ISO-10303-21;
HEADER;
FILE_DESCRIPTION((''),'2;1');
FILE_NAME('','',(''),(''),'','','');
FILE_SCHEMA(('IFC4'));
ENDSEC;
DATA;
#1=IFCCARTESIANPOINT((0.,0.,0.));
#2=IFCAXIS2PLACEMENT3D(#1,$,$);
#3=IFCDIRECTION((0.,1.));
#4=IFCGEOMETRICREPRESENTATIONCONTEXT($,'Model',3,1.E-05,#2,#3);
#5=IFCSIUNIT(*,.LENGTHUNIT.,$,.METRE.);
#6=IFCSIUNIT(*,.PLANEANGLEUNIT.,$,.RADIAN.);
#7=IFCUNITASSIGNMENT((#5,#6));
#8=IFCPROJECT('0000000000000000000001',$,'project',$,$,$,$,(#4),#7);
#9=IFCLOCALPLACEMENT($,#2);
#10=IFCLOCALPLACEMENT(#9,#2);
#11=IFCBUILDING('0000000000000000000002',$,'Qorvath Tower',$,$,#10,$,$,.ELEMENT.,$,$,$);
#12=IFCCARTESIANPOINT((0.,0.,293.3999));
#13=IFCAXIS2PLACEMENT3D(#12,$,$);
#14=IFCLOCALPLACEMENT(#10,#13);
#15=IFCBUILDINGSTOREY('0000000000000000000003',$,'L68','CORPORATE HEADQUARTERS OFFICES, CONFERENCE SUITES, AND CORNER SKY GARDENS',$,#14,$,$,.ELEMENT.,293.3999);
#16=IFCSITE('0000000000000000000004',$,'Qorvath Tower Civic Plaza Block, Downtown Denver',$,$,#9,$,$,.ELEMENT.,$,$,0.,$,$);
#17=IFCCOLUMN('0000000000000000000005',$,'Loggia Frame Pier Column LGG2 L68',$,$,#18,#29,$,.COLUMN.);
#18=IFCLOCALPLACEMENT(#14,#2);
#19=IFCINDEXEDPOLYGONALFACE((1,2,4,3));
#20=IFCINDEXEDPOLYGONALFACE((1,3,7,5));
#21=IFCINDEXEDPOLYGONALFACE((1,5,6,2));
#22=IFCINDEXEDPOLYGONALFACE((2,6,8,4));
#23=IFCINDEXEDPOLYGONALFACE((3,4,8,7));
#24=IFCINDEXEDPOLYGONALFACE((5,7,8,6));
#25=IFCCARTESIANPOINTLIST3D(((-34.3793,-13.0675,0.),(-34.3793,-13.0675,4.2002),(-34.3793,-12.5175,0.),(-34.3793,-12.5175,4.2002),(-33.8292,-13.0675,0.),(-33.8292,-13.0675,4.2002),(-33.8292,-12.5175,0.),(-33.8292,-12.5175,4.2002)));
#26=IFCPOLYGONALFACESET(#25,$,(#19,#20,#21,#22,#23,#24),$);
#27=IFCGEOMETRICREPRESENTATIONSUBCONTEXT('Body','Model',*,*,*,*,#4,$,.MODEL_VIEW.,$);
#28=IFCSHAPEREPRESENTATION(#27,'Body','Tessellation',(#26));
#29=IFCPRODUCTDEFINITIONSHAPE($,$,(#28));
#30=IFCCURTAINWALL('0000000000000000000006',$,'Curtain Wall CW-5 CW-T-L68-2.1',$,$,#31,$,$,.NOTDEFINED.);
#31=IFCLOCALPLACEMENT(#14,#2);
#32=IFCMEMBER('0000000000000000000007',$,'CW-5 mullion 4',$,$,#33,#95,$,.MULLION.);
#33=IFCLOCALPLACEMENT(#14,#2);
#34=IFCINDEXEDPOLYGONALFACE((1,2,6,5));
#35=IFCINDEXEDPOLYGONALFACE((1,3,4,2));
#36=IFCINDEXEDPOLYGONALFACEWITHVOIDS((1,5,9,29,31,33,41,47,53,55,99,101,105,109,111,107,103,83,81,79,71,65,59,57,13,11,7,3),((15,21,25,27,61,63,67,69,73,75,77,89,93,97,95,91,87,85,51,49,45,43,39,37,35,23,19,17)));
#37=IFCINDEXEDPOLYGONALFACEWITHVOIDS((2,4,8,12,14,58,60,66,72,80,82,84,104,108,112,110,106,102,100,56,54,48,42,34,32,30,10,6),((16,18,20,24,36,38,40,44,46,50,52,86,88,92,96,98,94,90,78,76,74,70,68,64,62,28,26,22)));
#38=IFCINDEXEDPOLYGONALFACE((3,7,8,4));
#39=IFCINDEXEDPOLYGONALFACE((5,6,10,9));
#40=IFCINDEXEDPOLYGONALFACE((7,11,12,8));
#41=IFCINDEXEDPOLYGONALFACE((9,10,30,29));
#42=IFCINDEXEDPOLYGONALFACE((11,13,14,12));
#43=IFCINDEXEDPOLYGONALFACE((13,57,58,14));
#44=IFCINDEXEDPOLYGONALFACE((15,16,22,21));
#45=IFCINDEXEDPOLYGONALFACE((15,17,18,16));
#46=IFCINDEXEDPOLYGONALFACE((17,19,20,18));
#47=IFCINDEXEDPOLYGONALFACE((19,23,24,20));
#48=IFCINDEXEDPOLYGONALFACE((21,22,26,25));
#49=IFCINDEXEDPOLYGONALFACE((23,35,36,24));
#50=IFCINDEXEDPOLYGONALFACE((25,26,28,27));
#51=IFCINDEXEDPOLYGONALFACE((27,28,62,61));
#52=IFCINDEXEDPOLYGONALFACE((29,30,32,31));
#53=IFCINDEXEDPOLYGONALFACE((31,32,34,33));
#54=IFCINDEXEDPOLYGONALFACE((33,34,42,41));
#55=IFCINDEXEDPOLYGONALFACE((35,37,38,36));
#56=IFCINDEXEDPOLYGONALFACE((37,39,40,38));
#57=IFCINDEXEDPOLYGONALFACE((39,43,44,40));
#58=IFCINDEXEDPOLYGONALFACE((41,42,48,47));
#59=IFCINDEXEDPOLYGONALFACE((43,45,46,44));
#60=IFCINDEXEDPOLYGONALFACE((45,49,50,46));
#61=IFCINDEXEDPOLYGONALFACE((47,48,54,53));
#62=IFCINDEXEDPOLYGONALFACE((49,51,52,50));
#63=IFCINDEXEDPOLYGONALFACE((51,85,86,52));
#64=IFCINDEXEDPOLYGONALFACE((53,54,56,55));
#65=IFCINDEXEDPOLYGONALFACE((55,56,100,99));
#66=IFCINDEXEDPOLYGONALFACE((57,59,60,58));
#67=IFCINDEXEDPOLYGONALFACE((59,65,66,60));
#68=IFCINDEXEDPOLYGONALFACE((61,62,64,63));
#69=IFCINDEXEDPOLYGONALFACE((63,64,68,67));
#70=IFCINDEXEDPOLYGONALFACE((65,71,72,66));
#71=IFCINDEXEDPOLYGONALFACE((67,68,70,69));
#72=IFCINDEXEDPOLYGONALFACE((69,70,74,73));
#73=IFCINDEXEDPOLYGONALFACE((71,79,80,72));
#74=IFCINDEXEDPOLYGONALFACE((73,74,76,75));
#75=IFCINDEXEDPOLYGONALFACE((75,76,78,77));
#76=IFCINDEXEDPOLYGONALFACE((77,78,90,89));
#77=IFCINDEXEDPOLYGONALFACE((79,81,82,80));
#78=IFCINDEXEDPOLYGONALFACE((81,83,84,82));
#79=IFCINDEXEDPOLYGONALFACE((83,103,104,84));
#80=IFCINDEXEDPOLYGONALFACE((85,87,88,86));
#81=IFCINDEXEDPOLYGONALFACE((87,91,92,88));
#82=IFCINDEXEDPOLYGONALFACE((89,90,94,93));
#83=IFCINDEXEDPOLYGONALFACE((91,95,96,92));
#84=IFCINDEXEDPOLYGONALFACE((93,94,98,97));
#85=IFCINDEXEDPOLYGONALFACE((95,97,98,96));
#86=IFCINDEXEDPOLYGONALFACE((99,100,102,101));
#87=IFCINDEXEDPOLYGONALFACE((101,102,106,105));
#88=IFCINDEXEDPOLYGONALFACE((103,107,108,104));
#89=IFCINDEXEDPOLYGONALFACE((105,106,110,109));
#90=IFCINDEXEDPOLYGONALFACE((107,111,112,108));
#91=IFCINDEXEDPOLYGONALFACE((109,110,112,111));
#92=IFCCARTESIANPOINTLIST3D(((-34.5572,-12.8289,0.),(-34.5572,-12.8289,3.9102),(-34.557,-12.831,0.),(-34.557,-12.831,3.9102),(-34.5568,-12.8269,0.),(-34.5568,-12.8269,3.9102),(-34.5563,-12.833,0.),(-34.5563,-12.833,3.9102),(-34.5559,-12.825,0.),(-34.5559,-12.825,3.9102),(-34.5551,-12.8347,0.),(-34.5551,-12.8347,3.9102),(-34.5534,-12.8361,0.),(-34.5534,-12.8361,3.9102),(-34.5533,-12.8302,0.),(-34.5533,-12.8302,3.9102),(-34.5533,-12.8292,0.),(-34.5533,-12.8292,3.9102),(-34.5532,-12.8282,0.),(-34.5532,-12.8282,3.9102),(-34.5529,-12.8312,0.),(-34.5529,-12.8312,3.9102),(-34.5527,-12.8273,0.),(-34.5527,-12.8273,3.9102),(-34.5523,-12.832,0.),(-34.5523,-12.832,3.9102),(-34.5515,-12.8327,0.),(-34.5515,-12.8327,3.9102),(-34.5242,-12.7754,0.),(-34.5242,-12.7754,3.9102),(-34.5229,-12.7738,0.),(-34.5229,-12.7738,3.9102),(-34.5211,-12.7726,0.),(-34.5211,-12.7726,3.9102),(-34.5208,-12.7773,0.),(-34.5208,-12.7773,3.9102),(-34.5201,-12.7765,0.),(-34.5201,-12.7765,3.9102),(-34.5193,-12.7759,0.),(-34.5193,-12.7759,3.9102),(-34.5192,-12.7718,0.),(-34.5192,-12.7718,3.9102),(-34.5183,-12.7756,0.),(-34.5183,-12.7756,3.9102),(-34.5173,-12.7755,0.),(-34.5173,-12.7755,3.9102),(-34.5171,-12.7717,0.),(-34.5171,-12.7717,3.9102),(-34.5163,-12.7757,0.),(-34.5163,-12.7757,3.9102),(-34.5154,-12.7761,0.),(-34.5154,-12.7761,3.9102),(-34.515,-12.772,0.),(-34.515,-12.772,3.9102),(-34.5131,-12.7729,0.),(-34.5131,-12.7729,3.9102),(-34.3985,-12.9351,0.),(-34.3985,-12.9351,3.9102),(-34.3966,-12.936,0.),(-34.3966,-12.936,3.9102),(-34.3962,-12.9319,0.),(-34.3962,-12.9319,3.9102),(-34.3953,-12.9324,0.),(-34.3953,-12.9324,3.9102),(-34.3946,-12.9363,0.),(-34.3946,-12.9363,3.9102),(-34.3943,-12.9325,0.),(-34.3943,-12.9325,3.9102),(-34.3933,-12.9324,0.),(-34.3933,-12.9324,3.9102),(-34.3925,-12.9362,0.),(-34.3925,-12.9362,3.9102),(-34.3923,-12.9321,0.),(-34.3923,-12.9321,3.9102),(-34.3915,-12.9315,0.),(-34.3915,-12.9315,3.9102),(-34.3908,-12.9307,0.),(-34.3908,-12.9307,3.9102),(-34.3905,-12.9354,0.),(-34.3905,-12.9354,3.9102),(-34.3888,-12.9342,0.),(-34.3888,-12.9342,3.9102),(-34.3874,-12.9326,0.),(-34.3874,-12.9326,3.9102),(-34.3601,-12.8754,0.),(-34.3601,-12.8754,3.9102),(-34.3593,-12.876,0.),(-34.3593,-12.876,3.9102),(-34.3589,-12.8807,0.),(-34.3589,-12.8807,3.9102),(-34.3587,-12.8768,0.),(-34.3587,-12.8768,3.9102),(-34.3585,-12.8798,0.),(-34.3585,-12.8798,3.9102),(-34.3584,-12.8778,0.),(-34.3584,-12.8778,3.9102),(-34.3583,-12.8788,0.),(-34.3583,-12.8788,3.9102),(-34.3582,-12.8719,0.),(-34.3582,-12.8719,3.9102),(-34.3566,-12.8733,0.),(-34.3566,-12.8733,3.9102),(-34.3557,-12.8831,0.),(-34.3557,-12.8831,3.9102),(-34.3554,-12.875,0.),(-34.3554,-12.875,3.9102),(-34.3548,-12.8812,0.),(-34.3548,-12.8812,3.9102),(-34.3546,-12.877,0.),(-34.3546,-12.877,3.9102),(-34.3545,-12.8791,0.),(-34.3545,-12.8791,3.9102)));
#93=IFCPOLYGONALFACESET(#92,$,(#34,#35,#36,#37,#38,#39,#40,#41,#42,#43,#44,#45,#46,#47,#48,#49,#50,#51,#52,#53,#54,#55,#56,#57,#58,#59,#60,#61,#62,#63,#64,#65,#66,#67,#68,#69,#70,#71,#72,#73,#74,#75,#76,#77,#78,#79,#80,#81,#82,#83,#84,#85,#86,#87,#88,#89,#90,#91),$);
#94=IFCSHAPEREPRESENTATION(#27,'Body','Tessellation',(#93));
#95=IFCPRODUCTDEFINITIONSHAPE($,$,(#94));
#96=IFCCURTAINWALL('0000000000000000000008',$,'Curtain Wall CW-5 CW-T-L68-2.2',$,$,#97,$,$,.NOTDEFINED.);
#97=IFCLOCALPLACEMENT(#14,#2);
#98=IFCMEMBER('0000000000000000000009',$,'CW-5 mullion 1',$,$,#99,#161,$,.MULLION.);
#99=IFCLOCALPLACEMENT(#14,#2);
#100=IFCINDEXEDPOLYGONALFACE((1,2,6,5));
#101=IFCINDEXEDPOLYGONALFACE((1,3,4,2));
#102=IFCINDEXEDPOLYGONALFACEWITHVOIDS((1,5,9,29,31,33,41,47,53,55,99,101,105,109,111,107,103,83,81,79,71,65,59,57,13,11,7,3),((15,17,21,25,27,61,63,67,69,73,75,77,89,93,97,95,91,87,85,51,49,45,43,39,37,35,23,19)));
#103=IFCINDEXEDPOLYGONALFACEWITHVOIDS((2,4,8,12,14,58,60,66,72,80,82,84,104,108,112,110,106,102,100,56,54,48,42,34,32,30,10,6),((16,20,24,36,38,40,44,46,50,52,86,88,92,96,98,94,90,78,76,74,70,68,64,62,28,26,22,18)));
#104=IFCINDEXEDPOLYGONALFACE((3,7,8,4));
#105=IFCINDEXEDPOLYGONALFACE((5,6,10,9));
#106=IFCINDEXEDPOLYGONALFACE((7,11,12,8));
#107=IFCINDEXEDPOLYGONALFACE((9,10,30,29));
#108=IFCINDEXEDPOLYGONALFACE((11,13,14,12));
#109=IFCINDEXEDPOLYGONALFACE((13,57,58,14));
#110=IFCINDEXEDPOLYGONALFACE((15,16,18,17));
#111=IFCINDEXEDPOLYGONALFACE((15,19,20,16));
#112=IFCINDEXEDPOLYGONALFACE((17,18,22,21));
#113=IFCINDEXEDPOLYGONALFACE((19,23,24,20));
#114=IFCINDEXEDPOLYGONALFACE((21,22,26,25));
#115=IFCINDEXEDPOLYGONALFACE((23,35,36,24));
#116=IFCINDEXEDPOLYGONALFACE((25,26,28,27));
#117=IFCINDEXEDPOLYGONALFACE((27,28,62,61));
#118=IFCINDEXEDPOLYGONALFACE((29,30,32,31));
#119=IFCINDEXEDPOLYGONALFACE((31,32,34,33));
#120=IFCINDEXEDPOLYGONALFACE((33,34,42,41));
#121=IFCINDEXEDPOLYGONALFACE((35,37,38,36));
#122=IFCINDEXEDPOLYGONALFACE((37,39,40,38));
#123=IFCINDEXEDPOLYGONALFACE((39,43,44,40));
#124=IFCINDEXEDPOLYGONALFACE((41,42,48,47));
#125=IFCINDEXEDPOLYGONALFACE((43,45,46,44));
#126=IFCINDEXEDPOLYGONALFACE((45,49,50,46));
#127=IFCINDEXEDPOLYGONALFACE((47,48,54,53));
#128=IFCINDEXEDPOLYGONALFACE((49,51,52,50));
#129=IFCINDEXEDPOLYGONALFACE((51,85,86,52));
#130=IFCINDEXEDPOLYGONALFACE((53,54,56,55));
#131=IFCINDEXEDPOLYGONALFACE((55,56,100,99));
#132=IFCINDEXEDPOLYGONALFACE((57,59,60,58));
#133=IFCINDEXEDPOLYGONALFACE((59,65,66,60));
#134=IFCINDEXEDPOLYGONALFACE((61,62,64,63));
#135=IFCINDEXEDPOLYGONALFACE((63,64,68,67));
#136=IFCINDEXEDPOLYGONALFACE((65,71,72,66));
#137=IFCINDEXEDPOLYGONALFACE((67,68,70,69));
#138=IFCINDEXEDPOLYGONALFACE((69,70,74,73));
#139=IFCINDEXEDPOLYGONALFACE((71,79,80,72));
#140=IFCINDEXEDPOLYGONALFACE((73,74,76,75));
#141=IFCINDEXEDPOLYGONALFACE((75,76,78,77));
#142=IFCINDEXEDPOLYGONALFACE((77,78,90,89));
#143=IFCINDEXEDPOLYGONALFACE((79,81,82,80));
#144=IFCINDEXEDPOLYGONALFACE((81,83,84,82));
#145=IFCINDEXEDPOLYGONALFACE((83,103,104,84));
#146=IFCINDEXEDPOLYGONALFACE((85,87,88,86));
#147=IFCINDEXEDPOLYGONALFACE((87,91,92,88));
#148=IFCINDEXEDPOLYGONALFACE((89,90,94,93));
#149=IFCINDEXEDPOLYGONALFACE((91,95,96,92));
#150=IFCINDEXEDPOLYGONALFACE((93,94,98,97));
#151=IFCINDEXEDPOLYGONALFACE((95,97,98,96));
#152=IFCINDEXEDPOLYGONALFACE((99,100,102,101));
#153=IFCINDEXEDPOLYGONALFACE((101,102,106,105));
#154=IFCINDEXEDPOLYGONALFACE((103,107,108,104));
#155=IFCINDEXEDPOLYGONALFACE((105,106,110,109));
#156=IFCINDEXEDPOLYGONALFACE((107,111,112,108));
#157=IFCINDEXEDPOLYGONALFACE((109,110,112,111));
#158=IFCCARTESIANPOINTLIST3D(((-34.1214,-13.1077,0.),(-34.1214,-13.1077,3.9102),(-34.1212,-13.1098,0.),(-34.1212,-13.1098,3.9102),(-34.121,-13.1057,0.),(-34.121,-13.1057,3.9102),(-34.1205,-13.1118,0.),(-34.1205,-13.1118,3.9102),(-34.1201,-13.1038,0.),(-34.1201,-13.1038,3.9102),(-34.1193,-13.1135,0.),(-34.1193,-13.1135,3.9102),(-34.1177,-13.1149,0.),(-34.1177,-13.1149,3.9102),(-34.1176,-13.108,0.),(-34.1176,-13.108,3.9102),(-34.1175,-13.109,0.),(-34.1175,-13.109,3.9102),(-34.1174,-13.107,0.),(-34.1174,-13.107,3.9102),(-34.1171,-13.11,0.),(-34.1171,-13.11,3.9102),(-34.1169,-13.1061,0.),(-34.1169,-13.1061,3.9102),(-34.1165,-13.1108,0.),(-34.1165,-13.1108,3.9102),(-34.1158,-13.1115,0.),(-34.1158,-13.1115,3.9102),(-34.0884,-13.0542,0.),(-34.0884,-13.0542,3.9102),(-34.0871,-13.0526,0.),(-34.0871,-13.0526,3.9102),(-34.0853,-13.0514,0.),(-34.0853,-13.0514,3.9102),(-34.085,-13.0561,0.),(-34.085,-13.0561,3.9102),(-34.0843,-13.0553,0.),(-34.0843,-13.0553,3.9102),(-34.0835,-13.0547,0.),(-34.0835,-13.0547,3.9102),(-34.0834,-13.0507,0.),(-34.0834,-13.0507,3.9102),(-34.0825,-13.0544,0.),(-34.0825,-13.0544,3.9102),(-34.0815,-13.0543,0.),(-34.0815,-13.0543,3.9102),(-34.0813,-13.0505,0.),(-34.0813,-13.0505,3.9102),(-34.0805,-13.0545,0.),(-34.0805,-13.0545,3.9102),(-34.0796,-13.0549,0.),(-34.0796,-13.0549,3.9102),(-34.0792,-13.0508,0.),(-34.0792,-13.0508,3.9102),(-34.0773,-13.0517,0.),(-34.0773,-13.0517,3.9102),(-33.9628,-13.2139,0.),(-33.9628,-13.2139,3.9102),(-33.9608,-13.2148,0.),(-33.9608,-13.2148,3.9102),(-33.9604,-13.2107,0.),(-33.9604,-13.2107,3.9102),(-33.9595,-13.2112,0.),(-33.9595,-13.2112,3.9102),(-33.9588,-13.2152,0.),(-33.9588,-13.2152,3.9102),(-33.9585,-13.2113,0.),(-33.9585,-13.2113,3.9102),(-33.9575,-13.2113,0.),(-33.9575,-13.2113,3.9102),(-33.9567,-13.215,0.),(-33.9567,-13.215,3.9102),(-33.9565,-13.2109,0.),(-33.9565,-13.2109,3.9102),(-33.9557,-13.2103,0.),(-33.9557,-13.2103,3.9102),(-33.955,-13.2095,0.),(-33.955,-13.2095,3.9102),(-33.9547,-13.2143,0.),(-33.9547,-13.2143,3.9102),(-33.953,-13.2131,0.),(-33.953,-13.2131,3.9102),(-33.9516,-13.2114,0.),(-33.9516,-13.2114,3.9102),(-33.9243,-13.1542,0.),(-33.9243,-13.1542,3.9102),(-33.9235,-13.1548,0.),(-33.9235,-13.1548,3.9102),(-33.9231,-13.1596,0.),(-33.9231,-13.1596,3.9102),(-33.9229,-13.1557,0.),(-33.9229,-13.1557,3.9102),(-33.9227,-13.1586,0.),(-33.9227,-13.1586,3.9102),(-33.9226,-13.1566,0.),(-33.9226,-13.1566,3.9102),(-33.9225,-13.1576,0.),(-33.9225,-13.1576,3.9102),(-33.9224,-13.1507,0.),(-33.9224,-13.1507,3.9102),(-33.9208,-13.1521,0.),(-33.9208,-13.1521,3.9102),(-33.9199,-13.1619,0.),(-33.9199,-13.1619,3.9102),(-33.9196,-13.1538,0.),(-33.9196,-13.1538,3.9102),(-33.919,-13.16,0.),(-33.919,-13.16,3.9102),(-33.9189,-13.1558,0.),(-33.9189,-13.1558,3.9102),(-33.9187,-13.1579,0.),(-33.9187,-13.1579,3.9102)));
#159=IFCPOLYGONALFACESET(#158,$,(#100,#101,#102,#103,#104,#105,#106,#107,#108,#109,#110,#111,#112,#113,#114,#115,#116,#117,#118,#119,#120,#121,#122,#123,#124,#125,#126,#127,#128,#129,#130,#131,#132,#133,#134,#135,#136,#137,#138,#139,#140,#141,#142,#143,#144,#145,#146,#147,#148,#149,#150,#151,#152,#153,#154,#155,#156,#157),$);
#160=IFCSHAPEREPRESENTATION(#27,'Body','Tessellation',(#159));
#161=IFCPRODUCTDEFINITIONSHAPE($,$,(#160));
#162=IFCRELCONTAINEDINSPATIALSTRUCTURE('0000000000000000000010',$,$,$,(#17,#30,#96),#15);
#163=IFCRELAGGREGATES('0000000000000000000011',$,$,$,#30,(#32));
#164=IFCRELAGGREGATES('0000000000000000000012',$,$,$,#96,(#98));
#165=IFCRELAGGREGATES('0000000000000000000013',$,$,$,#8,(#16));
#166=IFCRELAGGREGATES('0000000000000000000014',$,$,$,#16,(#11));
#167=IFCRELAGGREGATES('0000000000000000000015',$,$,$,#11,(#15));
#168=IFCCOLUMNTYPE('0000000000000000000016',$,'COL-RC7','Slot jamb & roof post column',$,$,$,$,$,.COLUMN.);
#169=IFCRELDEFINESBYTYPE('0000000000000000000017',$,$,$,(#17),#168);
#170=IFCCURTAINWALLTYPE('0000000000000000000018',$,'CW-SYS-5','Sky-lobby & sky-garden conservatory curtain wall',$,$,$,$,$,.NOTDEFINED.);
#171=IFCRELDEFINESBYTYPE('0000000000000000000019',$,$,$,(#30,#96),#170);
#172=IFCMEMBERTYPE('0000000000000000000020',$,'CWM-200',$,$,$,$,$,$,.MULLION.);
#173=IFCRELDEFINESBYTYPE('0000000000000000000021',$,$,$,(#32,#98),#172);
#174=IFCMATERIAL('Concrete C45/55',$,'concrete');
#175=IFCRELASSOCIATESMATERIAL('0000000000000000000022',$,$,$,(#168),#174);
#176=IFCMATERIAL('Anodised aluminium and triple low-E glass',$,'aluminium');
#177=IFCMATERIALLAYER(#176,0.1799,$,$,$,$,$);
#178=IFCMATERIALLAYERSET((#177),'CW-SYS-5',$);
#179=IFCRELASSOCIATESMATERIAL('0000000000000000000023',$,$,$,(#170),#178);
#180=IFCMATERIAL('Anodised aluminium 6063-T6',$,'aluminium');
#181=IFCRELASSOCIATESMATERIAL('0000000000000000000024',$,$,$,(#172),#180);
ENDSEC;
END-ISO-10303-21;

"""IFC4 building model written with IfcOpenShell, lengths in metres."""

from ifc_helpers import new_model, si_unit, direction, frame, origin, origin_2d, place, context, subcontext, project, spatial, rectangle, hollow_rectangle, extrude, material, layer, layer_set, material_profile, profile_set, type_object, element, aggregate, save


model = new_model("IFC4")

# Units and contexts
model_context = context("Model", 3, precision=1e-05, world=origin(), true_north=direction((0.0, 1.0)))
body_context = subcontext(model_context, "Body", "Model", "MODEL_VIEW")
ifc_project = project(units=[si_unit("LENGTHUNIT", "METRE"), si_unit("PLANEANGLEUNIT", "RADIAN")], contexts=[model_context])

# Site, building, storey
site_placement = place(None, origin())
site = spatial("IfcSite", under=ifc_project, at=site_placement, Name="Qorvath Tower Civic Plaza Block, Downtown Denver", CompositionType="ELEMENT", RefElevation=0.0)
building_placement = place(site_placement, origin())
building = spatial("IfcBuilding", under=site, at=building_placement, Name="Qorvath Tower", CompositionType="ELEMENT")
storey_placement = place(building_placement, frame((0.0, 0.0, 293.3999)))
storey = spatial("IfcBuildingStorey", under=building, at=storey_placement, Name="L68", Description="CORPORATE HEADQUARTERS OFFICES, CONFERENCE SUITES, AND CORNER SKY GARDENS", CompositionType="ELEMENT", Elevation=293.3999)

# Column
ifc_material_1 = material(Name="Concrete C45/55", Category="concrete")
ifc_material_profile_1 = material_profile(ifc_material_1, rectangle(XDim=0.55, YDim=0.55, at=origin_2d()), Name="RC 550x550")
ifc_profile_set_1 = profile_set([ifc_material_profile_1], Name="Concrete C45/55")
column_type = type_object("IfcColumnType", Name="COL-RC7", Description="Slot jamb & roof post column", PredefinedType="COLUMN", material=ifc_profile_set_1)
column_placement = place(storey_placement, frame((-34.1042, -12.7925, 0.0), z_axis=(0.0, 0.0, 1.0), x_axis=(1.0, 0.0, 0.0)))
element("IfcColumn", 1, at=column_placement, inside=storey, type_object=column_type, Name="Loggia Frame Pier Column LGG2 L68", PredefinedType="COLUMN", context=body_context, shape_type="SweptSolid", body=[
    extrude(rectangle(XDim=0.55, YDim=0.55, at=origin_2d()), origin(), (0.0, 0.0, 1.0), 4.2002),
])

# Curtain wall, member
ifc_material_2 = material(Name="Anodised aluminium and triple low-E glass", Category="aluminium")
ifc_layer_1 = layer(ifc_material_2, 0.1799)
ifc_layer_set_1 = layer_set([ifc_layer_1], Name="CW-SYS-5")
curtain_wall_type = type_object("IfcCurtainWallType", Name="CW-SYS-5", Description="Sky-lobby & sky-garden conservatory curtain wall", PredefinedType="NOTDEFINED", material=ifc_layer_set_1)
curtain_wall_1_placement = place(storey_placement, origin())
curtain_wall_1 = element("IfcCurtainWall", 2, at=curtain_wall_1_placement, inside=storey, type_object=curtain_wall_type, Name="Curtain Wall CW-5 CW-T-L68-2.1", PredefinedType="NOTDEFINED")
ifc_material_3 = material(Name="Anodised aluminium 6063-T6", Category="aluminium")
ifc_material_profile_2 = material_profile(ifc_material_3, hollow_rectangle(XDim=0.075, YDim=0.2, WallThickness=0.0039, InnerFilletRadius=0.0039, OuterFilletRadius=0.0081, at=origin_2d()), Name="CWM 200x75")
ifc_profile_set_2 = profile_set([ifc_material_profile_2], Name="Anodised aluminium 6063-T6")
member_type_1 = type_object("IfcMemberType", Name="CWM-200", PredefinedType="MULLION", material=ifc_profile_set_2)
member_1_placement = place(storey_placement, frame((-34.4558, -12.854, 0.0), z_axis=(0.0, 0.0, 1.0), x_axis=(0.538538, 0.842601, 0.0)))
member_1 = element("IfcMember", 3, at=member_1_placement, type_object=member_type_1, Name="CW-5 mullion 4", PredefinedType="MULLION", context=body_context, shape_type="SweptSolid", body=[
    extrude(hollow_rectangle(XDim=0.075, YDim=0.2, WallThickness=0.0039, InnerFilletRadius=0.0039, OuterFilletRadius=0.0081, at=origin_2d()), origin(), (0.0, 0.0, 1.0), 3.9102),
])
aggregate(curtain_wall_1, [member_1])

# Curtain wall, member
curtain_wall_2_placement = place(storey_placement, origin())
curtain_wall_2 = element("IfcCurtainWall", 4, at=curtain_wall_2_placement, inside=storey, type_object=curtain_wall_type, Name="Curtain Wall CW-5 CW-T-L68-2.2", PredefinedType="NOTDEFINED")
member_2_placement = place(storey_placement, frame((-34.02, -13.1328, 0.0), z_axis=(0.0, 0.0, 1.0), x_axis=(0.538533, 0.842605, 0.0)))
member_2 = element("IfcMember", 5, at=member_2_placement, type_object=member_type_1, Name="CW-5 mullion 1", PredefinedType="MULLION", context=body_context, shape_type="SweptSolid", body=[
    extrude(hollow_rectangle(XDim=0.075, YDim=0.2, WallThickness=0.0039, InnerFilletRadius=0.0039, OuterFilletRadius=0.0081, at=origin_2d()), origin(), (0.0, 0.0, 1.0), 3.9102),
])
aggregate(curtain_wall_2, [member_2])

save(model, "model.ifc")
